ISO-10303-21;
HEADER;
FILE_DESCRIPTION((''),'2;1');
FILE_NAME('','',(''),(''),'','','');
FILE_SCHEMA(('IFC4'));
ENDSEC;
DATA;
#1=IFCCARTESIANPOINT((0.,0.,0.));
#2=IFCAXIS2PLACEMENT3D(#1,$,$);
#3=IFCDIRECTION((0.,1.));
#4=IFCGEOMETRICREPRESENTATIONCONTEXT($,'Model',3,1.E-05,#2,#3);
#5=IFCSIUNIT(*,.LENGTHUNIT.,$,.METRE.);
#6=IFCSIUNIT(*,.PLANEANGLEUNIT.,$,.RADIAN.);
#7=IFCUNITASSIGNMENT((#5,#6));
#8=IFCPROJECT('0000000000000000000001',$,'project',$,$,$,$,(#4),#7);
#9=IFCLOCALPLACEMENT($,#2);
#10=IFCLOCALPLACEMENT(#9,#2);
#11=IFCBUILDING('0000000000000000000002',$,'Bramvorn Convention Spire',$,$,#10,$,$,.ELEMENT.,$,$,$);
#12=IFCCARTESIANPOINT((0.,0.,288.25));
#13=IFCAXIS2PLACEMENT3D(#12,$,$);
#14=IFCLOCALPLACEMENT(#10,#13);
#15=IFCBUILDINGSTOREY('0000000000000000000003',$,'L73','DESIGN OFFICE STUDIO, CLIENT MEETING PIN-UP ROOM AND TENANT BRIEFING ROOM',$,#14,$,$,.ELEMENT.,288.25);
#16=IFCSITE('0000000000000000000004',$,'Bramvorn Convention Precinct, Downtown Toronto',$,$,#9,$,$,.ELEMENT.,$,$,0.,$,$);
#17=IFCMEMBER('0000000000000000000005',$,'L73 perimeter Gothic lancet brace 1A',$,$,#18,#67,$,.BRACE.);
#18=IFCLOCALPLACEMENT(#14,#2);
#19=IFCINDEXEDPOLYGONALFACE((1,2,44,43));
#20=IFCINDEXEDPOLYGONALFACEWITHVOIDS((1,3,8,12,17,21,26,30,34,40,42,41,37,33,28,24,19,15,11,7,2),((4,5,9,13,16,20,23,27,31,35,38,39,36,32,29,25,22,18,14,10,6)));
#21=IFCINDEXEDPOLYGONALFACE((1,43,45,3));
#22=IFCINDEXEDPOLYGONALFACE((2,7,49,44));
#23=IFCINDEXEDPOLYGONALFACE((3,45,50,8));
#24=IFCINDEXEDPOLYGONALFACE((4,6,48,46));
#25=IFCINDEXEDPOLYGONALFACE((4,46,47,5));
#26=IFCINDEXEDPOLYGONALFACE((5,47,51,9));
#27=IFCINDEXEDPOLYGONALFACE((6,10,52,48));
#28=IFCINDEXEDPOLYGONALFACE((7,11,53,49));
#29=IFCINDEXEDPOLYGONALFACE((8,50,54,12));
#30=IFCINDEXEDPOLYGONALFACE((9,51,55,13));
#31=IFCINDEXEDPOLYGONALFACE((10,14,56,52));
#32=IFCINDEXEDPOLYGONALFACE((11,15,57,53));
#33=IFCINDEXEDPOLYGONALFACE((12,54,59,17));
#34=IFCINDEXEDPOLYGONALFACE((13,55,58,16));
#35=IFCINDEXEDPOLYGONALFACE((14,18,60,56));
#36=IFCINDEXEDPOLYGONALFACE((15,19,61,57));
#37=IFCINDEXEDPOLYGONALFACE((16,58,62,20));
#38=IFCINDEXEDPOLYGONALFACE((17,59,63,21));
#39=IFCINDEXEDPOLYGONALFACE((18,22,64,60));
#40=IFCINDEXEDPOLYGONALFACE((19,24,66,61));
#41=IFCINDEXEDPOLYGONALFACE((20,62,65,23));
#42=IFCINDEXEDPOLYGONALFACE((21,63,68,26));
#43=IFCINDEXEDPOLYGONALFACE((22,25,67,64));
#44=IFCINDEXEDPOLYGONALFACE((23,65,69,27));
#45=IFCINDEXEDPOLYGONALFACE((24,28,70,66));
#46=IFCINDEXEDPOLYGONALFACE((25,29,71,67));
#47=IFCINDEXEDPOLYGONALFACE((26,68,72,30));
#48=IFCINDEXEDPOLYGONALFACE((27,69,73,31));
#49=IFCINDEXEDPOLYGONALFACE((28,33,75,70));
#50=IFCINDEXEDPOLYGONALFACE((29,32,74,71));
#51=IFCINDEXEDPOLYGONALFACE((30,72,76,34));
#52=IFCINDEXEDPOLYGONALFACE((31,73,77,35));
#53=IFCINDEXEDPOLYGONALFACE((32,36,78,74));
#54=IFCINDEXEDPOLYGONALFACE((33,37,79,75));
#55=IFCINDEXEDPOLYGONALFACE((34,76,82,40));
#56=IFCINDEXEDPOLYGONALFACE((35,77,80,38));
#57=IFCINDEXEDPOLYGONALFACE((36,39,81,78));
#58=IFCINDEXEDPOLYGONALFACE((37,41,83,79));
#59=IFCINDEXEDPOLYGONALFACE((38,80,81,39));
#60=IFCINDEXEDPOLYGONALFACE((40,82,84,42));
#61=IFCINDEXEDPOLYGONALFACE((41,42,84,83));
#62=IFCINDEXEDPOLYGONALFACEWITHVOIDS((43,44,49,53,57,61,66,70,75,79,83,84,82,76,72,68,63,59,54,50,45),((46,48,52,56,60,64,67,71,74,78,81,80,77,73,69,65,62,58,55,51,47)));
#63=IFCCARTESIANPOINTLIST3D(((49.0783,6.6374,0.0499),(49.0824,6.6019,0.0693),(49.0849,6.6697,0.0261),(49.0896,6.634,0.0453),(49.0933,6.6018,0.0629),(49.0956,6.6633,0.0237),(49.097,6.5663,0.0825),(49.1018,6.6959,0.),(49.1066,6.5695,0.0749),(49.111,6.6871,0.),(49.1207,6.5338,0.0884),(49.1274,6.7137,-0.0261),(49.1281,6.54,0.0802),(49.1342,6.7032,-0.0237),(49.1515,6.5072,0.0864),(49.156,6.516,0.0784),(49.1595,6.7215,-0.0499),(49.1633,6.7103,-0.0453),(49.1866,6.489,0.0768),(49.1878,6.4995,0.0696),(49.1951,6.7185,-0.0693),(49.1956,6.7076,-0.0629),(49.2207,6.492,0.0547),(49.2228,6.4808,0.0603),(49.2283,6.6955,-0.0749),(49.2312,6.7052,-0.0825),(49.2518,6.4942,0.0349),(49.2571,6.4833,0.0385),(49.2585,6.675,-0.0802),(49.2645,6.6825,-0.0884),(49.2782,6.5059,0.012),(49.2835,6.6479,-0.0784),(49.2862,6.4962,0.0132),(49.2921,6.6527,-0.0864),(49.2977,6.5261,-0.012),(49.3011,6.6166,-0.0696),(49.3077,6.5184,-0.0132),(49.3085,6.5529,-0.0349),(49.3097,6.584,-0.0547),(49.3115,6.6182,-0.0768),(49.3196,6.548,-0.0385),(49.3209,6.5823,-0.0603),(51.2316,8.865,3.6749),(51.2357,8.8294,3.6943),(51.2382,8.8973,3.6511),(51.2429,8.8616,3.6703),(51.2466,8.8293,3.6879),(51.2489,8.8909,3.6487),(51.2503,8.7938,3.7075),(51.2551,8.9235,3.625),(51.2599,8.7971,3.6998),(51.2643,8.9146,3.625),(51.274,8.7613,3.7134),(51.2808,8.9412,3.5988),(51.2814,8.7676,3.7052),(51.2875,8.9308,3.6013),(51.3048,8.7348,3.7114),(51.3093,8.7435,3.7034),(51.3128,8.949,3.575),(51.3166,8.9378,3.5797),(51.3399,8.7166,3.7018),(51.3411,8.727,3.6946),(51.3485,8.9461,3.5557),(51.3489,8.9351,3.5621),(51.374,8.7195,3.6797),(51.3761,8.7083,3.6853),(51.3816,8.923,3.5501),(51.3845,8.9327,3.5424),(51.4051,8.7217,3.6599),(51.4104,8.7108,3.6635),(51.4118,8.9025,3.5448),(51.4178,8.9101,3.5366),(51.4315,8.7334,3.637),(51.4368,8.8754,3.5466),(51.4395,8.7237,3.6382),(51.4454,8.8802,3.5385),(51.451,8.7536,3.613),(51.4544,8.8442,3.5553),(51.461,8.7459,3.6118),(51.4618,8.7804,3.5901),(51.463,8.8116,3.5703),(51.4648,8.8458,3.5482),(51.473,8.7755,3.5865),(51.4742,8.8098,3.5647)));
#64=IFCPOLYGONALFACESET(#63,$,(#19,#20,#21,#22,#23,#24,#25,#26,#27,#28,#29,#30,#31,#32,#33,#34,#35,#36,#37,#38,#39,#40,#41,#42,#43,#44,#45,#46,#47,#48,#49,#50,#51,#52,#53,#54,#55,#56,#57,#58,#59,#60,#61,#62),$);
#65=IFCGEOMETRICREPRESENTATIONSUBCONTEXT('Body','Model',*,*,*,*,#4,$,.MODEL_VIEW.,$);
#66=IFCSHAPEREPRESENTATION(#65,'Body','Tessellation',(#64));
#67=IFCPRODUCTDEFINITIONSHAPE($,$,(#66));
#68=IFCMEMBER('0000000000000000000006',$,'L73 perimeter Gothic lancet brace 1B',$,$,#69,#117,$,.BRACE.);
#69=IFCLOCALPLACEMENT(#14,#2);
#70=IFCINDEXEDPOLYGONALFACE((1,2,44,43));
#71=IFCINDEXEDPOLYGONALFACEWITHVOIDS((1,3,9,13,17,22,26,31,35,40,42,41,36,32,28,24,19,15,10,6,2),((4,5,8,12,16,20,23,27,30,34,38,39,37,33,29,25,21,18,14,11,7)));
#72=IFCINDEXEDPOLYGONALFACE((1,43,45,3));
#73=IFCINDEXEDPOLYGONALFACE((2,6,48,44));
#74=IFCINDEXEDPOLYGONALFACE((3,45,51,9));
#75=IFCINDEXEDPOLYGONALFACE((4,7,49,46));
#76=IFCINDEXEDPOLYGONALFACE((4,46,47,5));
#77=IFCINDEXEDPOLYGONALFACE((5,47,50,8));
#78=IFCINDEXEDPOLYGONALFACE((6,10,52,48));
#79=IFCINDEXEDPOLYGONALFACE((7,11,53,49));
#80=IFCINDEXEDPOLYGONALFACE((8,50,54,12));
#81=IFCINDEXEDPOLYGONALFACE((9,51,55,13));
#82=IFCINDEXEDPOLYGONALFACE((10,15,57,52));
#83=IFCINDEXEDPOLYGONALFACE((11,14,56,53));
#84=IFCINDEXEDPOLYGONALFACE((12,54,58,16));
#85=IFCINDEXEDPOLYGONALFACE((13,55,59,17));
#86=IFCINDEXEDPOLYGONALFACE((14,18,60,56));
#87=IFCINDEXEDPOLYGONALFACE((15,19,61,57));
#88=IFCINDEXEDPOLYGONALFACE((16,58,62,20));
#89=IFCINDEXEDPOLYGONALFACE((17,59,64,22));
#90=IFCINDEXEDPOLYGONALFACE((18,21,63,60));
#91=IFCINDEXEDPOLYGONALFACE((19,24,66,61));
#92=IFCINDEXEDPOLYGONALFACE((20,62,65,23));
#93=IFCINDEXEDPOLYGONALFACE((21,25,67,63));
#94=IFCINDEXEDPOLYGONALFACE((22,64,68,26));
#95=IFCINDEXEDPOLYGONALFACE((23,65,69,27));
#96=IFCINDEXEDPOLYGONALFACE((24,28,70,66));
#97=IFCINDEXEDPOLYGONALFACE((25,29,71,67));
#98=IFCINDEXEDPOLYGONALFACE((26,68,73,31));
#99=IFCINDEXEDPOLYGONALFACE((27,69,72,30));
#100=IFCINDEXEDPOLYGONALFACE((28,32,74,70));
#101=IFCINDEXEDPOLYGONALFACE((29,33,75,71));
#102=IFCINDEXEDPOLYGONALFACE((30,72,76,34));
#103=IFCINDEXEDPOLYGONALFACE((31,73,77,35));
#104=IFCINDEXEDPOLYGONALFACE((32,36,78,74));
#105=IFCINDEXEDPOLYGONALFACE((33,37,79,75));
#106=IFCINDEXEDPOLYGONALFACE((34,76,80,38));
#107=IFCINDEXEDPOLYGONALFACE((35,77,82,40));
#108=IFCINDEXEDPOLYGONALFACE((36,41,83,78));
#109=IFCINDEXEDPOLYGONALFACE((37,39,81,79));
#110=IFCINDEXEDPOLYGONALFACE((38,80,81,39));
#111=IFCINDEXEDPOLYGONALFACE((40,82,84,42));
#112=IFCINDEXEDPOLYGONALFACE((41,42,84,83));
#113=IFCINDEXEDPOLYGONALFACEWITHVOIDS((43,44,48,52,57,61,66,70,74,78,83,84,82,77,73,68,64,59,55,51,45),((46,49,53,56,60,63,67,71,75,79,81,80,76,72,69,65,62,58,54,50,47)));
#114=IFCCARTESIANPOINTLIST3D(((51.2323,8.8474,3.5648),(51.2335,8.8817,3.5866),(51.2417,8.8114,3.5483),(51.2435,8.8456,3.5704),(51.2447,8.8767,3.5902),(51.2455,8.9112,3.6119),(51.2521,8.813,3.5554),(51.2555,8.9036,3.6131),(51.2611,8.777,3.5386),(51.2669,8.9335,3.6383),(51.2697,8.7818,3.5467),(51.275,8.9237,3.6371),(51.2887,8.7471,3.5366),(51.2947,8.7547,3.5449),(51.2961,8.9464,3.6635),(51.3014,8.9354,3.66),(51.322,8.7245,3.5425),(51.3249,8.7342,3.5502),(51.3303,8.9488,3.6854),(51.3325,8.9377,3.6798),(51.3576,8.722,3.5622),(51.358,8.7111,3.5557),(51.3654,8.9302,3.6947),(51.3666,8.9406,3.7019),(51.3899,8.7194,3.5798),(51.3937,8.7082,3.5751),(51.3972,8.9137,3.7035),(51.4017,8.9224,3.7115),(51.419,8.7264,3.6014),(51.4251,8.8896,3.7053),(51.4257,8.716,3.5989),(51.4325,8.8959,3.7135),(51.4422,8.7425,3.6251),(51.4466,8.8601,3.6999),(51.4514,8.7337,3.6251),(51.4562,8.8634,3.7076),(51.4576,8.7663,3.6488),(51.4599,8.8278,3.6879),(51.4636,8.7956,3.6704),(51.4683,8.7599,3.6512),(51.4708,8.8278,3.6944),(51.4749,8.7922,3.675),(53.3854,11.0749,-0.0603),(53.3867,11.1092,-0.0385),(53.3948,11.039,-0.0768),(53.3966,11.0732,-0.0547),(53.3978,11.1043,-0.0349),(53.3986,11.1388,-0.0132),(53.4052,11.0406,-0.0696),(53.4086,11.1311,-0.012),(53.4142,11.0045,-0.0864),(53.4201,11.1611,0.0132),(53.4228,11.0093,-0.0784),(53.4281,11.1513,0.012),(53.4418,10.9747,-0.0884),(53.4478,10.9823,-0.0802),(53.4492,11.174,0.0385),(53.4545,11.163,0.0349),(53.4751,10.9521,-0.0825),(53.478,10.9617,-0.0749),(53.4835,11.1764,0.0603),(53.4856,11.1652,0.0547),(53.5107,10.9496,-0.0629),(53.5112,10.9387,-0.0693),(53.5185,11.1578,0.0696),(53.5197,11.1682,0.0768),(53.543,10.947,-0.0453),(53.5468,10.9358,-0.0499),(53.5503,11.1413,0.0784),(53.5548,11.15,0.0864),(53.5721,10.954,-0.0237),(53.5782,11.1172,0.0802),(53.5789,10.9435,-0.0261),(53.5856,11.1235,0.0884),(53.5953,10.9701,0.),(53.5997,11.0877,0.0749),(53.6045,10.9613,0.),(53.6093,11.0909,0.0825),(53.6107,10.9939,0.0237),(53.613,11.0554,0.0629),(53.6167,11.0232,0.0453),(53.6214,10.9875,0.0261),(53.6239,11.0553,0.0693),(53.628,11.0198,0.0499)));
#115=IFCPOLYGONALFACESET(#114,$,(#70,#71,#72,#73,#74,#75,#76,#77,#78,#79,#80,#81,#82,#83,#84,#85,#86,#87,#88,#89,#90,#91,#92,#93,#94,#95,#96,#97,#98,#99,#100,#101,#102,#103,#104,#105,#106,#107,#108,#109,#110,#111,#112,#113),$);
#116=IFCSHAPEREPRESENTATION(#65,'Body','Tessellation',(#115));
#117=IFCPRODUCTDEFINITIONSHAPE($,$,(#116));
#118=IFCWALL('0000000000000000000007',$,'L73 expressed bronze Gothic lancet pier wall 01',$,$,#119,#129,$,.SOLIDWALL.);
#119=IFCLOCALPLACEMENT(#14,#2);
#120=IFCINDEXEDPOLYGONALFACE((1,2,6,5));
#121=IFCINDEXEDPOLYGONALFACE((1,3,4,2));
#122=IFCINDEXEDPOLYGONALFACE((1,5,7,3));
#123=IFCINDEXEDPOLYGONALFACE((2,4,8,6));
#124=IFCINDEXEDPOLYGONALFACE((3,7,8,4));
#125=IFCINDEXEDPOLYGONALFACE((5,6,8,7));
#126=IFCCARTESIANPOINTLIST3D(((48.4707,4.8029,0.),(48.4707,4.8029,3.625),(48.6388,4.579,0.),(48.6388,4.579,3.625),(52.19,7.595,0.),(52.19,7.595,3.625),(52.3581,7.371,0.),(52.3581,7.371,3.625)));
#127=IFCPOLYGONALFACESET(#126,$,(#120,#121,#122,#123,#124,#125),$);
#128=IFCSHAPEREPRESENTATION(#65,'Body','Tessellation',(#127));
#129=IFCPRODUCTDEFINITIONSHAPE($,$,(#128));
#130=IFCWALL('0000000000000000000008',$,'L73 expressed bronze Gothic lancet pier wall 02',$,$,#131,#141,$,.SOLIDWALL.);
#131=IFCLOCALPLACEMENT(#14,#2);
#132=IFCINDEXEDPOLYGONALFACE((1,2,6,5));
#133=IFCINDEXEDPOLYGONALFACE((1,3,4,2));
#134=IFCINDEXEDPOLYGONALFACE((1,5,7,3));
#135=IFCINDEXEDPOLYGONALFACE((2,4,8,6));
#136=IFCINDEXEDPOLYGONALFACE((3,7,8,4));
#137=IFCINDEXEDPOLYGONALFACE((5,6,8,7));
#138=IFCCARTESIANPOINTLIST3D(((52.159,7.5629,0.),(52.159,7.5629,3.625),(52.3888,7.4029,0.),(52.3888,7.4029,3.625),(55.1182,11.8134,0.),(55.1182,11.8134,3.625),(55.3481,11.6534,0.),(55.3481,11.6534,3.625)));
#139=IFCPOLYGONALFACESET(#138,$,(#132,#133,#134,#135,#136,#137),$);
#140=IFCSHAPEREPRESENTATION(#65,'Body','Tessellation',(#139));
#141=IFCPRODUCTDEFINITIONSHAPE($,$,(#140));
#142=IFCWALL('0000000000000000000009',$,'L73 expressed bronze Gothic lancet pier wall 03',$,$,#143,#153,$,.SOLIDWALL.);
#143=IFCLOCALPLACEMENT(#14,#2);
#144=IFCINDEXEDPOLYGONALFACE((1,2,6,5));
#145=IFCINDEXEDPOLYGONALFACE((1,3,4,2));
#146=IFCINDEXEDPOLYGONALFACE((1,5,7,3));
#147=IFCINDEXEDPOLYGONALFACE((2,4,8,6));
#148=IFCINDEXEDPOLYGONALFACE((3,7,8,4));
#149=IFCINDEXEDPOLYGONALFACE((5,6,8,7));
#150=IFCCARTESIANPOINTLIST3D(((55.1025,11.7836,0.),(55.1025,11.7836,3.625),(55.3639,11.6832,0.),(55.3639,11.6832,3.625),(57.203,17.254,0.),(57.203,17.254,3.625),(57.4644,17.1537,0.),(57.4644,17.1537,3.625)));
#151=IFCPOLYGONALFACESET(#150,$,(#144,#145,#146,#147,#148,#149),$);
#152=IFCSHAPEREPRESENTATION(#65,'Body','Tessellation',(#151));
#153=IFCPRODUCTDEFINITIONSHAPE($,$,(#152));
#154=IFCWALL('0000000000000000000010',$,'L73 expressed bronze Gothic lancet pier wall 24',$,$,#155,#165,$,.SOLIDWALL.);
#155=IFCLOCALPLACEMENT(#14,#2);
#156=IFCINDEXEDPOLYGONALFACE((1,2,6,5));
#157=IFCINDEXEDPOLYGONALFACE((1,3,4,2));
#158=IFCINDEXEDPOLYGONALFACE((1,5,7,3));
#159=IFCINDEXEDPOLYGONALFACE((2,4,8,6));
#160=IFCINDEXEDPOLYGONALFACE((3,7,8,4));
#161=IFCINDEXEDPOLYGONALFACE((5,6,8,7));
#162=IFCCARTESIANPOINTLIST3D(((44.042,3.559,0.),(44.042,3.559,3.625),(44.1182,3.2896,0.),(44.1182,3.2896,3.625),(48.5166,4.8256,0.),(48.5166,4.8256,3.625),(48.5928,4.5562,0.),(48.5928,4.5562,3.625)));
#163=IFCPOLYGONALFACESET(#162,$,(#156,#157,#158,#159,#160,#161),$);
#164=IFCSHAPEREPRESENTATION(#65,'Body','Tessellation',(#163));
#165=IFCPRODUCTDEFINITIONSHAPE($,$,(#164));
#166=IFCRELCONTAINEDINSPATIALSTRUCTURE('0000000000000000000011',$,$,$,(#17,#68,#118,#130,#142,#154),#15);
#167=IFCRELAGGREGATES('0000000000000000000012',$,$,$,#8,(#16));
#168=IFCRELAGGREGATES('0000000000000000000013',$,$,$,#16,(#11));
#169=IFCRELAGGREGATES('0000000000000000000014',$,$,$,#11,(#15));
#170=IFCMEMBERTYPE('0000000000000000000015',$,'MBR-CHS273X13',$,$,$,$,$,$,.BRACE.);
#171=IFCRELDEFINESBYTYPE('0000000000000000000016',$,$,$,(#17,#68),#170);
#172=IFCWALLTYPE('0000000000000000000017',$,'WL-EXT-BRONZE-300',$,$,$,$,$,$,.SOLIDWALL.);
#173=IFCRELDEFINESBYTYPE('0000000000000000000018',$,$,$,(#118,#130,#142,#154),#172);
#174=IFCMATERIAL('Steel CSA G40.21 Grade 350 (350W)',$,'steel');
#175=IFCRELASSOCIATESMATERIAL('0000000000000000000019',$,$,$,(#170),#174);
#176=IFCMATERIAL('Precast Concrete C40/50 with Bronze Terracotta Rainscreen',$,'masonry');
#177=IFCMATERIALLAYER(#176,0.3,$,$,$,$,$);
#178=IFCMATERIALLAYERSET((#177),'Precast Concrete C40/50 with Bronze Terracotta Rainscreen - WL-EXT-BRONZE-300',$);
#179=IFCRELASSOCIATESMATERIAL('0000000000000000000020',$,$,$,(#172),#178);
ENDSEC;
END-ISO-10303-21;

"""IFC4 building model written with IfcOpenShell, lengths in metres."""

from ifc_helpers import new_model, si_unit, direction, frame, frame_2d, origin, origin_2d, place, context, subcontext, project, spatial, rectangle, hollow_circle, extrude, material, layer, layer_set, material_profile, profile_set, type_object, element, save


model = new_model("IFC4")

# Units and contexts
model_context = context("Model", 3, precision=1e-05, world=origin(), true_north=direction((0.0, 1.0)))
body_context = subcontext(model_context, "Body", "Model", "MODEL_VIEW")
ifc_project = project(units=[si_unit("LENGTHUNIT", "METRE"), si_unit("PLANEANGLEUNIT", "RADIAN")], contexts=[model_context])

# Site, building, storey
site_placement = place(None, origin())
site = spatial("IfcSite", under=ifc_project, at=site_placement, Name="Bramvorn Convention Precinct, Downtown Toronto", CompositionType="ELEMENT", RefElevation=0.0)
building_placement = place(site_placement, origin())
building = spatial("IfcBuilding", under=site, at=building_placement, Name="Bramvorn Convention Spire", CompositionType="ELEMENT")
storey_placement = place(building_placement, frame((0.0, 0.0, 288.25)))
storey = spatial("IfcBuildingStorey", under=building, at=storey_placement, Name="L73", Description="DESIGN OFFICE STUDIO, CLIENT MEETING PIN-UP ROOM AND TENANT BRIEFING ROOM", CompositionType="ELEMENT", Elevation=288.25)

# Shared definitions
ifc_material_1 = material(Name="Steel CSA G40.21 Grade 350 (350W)", Category="steel")

# Members
ifc_material_profile_1 = material_profile(ifc_material_1, hollow_circle(Radius=0.1365, WallThickness=0.0127, at=origin_2d()))
ifc_profile_set_1 = profile_set([ifc_material_profile_1], Name="Steel CSA G40.21 Grade 350 (350W) - CHS273X13")
member_type_1 = type_object("IfcMemberType", Name="MBR-CHS273X13", PredefinedType="BRACE", material=ifc_profile_set_1)
for number, where, z_axis, x_axis, name in (
    (1, (49.2, 6.6011, 0.0), (0.451564, 0.467129, 0.760185), (-0.718983, 0.695028, 0.0), "L73 perimeter Gothic lancet brace 1A"),
    (2, (53.5063, 11.0562, 0.0), (-0.451524, -0.467139, 0.760202), (0.719023, -0.694987, 0.0), "L73 perimeter Gothic lancet brace 1B"),
):
    element("IfcMember", number, at=place(storey_placement, frame(where, z_axis=z_axis, x_axis=x_axis)), inside=storey, type_object=member_type_1, Name=name, PredefinedType="BRACE", context=body_context, shape_type="SweptSolid", body=[
        extrude(hollow_circle(Radius=0.1365, WallThickness=0.0127, at=origin_2d()), origin(), (0.0, 0.0, 1.0), 4.7686),
    ])

# Walls
ifc_material_2 = material(Name="Precast Concrete C40/50 with Bronze Terracotta Rainscreen", Category="masonry")
ifc_layer_1 = layer(ifc_material_2, 0.3)
ifc_layer_set_1 = layer_set([ifc_layer_1], Name="Precast Concrete C40/50 with Bronze Terracotta Rainscreen - WL-EXT-BRONZE-300")
wall_type_1 = type_object("IfcWallType", Name="WL-EXT-BRONZE-300", PredefinedType="SOLIDWALL", material=ifc_layer_set_1)
wall_1_placement = place(storey_placement, frame((52.2739, 7.4829, 0.0), z_axis=(0.0, 0.0, 1.0), x_axis=(-0.799735, -0.600353, 0.0)))
element("IfcWall", 3, at=wall_1_placement, inside=storey, type_object=wall_type_1, Name="L73 expressed bronze Gothic lancet pier wall 01", PredefinedType="SOLIDWALL", context=body_context, shape_type="SweptSolid", body=[
    extrude(rectangle(XDim=4.6506, YDim=0.28, at=frame_2d((2.3252, 0.0))), origin(), (0.0, 0.0, 1.0), 3.625),
])
wall_2_placement = place(storey_placement, frame((55.2332, 11.7334, 0.0), z_axis=(0.0, 0.0, 1.0), x_axis=(-0.571372, -0.820691, 0.0)))
element("IfcWall", 4, at=wall_2_placement, inside=storey, type_object=wall_type_1, Name="L73 expressed bronze Gothic lancet pier wall 02", PredefinedType="SOLIDWALL", context=body_context, shape_type="SweptSolid", body=[
    extrude(rectangle(XDim=5.1792, YDim=0.28, at=frame_2d((2.5896, 0.0))), origin(), (0.0, 0.0, 1.0), 3.625),
])
wall_3_placement = place(storey_placement, frame((57.3337, 17.2039, 0.0), z_axis=(0.0, 0.0, 1.0), x_axis=(-0.358468, -0.933542, 0.0)))
element("IfcWall", 5, at=wall_3_placement, inside=storey, type_object=wall_type_1, Name="L73 expressed bronze Gothic lancet pier wall 03", PredefinedType="SOLIDWALL", context=body_context, shape_type="SweptSolid", body=[
    extrude(rectangle(XDim=5.8599, YDim=0.28, at=frame_2d((2.9299, 0.0))), origin(), (0.0, 0.0, 1.0), 3.625),
])
wall_4_placement = place(storey_placement, frame((48.5547, 4.6909, 0.0), z_axis=(0.0, 0.0, 1.0), x_axis=(-0.962195, -0.272363, 0.0)))
element("IfcWall", 6, at=wall_4_placement, inside=storey, type_object=wall_type_1, Name="L73 expressed bronze Gothic lancet pier wall 24", PredefinedType="SOLIDWALL", context=body_context, shape_type="SweptSolid", body=[
    extrude(rectangle(XDim=4.6504, YDim=0.28, at=frame_2d((2.3252, 0.0))), origin(), (0.0, 0.0, 1.0), 3.625),
])

save(model, "model.ifc")
